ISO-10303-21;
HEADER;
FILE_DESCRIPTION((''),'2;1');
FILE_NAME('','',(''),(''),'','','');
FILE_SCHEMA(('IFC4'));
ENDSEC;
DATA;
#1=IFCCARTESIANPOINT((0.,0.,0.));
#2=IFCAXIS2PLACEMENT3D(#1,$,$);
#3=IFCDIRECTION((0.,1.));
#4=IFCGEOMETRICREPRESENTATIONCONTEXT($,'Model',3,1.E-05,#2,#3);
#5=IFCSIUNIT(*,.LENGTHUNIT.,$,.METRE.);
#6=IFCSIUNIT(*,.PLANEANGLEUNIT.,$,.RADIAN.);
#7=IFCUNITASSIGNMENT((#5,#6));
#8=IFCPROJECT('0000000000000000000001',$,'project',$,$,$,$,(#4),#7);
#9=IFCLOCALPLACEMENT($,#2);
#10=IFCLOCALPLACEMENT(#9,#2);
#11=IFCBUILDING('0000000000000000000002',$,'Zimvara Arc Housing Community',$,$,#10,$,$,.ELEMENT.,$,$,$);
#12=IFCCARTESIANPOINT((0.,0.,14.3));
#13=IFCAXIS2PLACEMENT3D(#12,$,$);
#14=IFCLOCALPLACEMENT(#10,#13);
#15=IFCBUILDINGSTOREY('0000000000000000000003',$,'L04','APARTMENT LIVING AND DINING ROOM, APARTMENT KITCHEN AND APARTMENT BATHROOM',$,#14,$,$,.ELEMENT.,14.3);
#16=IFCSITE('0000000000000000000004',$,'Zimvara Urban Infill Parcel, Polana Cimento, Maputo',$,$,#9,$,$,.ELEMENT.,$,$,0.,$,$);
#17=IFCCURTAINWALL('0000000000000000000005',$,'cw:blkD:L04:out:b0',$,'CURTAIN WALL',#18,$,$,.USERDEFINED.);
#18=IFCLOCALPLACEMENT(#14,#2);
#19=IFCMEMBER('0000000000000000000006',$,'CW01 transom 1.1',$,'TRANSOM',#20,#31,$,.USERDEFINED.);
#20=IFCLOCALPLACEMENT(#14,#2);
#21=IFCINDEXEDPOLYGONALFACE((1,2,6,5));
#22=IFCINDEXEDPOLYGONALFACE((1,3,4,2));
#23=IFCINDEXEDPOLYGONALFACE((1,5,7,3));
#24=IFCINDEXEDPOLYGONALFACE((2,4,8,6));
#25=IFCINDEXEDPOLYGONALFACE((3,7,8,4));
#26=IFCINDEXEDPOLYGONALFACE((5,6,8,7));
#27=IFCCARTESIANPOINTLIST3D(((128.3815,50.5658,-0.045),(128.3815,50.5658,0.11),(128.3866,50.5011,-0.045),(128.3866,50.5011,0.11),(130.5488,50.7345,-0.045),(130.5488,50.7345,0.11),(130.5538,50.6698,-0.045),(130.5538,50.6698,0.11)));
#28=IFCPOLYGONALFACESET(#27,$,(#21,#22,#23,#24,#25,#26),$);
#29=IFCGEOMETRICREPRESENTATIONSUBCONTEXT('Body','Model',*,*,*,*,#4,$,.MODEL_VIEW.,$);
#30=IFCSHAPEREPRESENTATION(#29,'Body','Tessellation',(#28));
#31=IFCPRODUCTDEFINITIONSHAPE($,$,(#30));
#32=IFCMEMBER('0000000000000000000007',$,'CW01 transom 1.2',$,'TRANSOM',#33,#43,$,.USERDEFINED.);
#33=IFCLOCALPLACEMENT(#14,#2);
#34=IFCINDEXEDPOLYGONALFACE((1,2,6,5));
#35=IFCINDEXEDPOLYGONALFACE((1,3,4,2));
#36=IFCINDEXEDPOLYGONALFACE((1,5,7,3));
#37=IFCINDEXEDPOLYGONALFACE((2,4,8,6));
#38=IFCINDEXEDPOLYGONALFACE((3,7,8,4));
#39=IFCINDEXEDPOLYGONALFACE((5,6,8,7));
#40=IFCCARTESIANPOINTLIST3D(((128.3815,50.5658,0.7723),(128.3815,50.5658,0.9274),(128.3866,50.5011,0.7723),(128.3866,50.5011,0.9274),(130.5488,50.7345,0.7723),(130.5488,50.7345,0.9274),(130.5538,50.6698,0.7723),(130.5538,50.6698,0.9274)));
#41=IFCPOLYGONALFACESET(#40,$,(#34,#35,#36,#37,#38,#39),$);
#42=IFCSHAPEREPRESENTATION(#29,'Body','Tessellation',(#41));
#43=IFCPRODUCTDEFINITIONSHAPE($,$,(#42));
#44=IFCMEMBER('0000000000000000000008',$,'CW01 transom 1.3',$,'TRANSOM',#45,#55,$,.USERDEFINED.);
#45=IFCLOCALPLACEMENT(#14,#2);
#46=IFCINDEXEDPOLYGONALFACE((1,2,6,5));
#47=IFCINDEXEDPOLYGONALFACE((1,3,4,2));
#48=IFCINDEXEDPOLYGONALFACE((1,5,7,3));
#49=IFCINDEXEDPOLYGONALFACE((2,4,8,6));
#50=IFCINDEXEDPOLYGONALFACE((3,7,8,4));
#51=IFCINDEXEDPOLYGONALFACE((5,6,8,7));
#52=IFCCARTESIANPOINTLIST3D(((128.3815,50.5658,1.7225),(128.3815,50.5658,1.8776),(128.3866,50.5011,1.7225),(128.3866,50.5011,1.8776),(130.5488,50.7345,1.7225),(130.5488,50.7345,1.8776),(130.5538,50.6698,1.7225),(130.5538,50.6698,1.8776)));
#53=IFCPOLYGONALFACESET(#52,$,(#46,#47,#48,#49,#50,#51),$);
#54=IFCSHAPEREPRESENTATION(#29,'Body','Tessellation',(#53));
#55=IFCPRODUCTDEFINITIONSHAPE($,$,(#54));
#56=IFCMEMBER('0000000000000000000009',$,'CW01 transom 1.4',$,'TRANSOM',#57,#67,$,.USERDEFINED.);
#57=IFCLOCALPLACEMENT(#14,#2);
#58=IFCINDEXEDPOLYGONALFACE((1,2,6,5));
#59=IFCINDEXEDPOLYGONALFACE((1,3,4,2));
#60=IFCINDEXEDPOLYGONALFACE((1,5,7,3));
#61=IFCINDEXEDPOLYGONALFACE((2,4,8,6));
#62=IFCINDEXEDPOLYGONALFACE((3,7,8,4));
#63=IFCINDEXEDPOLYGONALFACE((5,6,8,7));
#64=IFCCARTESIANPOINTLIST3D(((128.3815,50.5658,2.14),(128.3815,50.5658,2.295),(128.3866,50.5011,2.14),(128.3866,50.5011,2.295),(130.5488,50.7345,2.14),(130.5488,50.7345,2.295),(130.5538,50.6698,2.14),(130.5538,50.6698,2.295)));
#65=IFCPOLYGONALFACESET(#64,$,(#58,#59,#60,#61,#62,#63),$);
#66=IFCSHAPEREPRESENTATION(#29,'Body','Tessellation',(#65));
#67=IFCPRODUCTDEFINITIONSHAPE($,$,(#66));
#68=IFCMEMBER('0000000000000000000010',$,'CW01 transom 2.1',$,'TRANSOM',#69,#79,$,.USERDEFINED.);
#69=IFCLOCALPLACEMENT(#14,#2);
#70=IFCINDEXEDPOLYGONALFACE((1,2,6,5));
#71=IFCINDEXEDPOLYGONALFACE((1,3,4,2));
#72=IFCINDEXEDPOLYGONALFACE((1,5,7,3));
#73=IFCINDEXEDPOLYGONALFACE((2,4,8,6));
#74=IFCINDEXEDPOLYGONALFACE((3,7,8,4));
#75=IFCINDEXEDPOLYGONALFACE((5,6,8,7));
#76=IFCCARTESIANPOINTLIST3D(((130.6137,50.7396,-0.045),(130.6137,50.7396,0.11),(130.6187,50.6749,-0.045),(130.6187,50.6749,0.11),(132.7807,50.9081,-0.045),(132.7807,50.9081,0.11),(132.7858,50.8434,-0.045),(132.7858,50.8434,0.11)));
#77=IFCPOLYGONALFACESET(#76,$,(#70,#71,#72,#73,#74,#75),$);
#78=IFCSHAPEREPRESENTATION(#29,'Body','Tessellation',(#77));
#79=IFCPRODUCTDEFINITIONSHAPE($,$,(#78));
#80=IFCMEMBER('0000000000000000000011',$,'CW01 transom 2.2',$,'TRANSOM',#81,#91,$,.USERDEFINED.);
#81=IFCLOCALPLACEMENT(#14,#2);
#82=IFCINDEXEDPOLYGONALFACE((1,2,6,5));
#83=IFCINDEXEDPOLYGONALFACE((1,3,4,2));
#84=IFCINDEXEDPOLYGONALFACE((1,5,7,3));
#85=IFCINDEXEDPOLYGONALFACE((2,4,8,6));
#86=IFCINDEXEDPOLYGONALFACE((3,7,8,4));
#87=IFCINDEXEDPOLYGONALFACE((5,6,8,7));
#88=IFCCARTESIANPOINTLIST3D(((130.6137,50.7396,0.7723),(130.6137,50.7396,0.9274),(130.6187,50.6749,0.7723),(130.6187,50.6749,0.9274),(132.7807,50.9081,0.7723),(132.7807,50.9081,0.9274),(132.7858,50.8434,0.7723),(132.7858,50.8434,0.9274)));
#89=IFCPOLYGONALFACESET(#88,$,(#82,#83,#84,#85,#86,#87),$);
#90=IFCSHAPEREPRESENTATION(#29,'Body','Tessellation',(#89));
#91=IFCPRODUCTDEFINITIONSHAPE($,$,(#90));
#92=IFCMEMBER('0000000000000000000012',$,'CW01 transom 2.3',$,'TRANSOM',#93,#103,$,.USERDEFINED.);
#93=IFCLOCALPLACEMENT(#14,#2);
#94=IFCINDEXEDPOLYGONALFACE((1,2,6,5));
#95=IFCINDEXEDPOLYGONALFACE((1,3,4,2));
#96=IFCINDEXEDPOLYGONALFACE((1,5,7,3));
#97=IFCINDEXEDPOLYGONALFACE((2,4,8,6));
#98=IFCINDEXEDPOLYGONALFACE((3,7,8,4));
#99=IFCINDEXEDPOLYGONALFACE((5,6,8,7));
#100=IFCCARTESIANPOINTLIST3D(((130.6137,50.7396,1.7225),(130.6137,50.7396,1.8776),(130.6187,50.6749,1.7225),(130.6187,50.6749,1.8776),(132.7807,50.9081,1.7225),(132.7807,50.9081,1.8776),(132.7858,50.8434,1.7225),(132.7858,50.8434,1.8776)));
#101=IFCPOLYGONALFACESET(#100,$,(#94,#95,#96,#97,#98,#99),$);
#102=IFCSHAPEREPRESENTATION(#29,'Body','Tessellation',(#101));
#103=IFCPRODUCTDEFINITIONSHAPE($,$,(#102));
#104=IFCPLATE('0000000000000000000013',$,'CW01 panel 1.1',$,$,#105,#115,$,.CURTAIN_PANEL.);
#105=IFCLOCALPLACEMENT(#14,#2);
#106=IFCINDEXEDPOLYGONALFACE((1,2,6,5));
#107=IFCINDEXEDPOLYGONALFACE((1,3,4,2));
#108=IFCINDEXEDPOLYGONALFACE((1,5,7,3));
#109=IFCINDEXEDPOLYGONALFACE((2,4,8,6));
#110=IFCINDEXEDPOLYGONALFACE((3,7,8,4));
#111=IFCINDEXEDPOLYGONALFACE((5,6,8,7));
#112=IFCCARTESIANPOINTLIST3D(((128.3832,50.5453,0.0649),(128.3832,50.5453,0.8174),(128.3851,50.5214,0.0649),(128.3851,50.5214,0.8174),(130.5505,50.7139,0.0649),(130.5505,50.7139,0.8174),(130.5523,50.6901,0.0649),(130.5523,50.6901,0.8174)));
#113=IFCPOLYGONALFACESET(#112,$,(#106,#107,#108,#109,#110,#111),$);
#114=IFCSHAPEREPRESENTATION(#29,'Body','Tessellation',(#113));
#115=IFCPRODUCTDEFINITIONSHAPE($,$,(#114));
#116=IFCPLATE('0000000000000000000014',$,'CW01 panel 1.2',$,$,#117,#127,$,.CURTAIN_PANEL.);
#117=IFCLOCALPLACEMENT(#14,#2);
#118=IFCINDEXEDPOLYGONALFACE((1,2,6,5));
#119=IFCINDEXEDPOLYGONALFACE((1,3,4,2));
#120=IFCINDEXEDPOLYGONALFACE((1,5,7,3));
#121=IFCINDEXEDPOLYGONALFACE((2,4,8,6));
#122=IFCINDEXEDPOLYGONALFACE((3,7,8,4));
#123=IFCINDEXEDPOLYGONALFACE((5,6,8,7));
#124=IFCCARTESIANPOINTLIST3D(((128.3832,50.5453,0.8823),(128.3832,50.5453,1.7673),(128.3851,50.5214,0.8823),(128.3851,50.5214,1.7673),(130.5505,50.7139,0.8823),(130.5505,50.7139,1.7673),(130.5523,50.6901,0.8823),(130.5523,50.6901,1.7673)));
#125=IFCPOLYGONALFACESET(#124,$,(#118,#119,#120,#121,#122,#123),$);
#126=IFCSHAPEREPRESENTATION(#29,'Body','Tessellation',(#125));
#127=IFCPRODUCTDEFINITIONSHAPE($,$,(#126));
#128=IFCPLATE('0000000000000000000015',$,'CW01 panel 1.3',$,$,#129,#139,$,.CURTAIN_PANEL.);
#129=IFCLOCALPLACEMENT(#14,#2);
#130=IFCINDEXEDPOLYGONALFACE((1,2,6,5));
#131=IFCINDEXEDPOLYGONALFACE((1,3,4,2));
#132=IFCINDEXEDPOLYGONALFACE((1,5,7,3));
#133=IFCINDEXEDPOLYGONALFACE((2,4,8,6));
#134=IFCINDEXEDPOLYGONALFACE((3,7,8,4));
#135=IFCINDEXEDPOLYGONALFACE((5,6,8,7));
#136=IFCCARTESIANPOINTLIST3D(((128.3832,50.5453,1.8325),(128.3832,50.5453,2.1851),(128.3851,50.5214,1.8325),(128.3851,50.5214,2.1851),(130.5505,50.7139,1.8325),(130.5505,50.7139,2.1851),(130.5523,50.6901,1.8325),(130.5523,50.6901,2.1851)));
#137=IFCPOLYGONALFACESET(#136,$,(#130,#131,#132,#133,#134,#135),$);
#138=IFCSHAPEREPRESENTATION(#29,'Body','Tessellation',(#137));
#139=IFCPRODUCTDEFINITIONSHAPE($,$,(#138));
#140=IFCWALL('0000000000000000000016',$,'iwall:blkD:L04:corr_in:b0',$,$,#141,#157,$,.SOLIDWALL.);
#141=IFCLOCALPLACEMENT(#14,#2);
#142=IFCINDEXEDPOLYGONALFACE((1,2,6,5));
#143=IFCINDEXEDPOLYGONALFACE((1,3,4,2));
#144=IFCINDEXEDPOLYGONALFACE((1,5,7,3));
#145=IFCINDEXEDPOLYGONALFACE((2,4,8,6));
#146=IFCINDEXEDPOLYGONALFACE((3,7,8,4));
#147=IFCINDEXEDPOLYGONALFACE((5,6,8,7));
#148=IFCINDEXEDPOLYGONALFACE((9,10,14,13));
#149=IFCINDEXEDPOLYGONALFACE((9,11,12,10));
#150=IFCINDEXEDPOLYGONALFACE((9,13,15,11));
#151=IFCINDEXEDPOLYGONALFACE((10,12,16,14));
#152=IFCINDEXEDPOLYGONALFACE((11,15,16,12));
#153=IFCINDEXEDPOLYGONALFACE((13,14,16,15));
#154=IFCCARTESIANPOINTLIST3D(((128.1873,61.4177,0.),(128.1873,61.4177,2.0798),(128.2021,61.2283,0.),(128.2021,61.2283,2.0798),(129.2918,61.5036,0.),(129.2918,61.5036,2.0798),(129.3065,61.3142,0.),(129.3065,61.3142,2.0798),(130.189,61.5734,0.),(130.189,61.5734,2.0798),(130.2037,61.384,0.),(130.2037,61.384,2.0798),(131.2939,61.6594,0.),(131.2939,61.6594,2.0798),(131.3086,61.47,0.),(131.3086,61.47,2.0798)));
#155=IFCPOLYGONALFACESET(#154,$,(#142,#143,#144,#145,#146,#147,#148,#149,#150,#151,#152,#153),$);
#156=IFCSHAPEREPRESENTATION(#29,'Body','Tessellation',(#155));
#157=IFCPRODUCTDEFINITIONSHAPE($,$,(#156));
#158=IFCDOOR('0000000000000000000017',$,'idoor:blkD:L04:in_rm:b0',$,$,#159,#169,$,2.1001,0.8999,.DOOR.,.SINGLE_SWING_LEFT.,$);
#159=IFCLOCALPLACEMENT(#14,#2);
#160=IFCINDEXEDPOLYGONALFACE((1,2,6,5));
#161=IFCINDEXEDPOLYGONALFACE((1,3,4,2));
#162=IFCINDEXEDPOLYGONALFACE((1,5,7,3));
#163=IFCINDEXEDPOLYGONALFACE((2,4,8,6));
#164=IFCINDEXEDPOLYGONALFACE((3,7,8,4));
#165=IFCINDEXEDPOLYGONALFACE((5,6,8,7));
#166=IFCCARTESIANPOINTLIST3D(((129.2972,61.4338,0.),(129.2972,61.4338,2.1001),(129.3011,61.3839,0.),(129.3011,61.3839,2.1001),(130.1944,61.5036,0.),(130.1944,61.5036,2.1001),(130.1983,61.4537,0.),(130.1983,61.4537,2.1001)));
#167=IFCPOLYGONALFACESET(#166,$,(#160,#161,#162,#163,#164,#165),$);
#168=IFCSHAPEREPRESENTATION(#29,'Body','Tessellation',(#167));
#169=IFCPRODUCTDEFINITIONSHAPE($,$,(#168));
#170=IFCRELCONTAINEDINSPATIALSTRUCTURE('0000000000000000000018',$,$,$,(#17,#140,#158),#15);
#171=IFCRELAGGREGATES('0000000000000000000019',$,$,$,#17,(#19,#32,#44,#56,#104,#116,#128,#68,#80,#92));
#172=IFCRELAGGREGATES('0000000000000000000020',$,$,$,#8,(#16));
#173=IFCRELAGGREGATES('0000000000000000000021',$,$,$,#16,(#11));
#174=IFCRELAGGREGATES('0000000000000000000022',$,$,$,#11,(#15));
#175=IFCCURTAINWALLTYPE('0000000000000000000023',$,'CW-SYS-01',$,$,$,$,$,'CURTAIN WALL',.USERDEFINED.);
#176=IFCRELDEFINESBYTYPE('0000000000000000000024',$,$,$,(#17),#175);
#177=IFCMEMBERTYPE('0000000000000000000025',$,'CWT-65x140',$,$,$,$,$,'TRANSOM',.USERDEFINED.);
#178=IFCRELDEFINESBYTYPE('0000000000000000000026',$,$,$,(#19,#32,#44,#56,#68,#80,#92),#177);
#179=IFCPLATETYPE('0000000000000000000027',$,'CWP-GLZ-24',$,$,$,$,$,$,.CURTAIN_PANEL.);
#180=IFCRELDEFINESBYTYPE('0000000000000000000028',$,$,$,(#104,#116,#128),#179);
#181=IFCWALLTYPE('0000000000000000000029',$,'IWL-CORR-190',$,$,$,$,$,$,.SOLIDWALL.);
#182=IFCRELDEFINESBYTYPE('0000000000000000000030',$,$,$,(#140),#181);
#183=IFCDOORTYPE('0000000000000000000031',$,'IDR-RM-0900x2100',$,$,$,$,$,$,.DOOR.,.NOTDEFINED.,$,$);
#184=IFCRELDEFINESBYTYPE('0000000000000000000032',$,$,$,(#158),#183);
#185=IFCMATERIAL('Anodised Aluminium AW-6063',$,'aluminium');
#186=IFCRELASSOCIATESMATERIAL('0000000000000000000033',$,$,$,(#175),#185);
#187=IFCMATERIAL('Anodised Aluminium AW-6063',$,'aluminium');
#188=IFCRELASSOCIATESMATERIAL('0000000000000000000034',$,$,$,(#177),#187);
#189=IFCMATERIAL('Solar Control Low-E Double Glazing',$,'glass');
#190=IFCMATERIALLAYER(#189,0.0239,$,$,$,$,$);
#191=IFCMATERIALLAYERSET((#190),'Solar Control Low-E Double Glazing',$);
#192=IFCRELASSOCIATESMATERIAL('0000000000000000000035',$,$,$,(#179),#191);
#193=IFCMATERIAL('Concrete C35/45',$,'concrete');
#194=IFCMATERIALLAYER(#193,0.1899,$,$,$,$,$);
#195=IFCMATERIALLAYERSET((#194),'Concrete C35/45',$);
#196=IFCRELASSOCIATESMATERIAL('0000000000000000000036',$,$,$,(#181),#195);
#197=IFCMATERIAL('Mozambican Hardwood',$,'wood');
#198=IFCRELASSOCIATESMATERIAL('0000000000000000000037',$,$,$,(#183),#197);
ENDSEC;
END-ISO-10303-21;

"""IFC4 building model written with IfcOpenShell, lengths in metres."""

from ifc_helpers import new_model, si_unit, direction, frame, frame_2d, origin, origin_2d, place, context, subcontext, project, spatial, rectangle, extrude, material, layer, layer_set, material_profile, profile_set, type_object, element, fill, aggregate, save


model = new_model("IFC4")

# Units and contexts
model_context = context("Model", 3, precision=1e-05, world=origin(), true_north=direction((0.0, 1.0)))
body_context = subcontext(model_context, "Body", "Model", "MODEL_VIEW")
ifc_project = project(units=[si_unit("LENGTHUNIT", "METRE"), si_unit("PLANEANGLEUNIT", "RADIAN")], contexts=[model_context])

# Site, building, storey
site_placement = place(None, origin())
site = spatial("IfcSite", under=ifc_project, at=site_placement, Name="Zimvara Urban Infill Parcel, Polana Cimento, Maputo", CompositionType="ELEMENT", RefElevation=0.0)
building_placement = place(site_placement, origin())
building = spatial("IfcBuilding", under=site, at=building_placement, Name="Zimvara Arc Housing Community", CompositionType="ELEMENT")
storey_placement = place(building_placement, frame((0.0, 0.0, 14.3)))
storey = spatial("IfcBuildingStorey", under=building, at=storey_placement, Name="L04", Description="APARTMENT LIVING AND DINING ROOM, APARTMENT KITCHEN AND APARTMENT BATHROOM", CompositionType="ELEMENT", Elevation=14.3)

# Curtain wall, members, plates
ifc_material_1 = material(Name="Anodised Aluminium AW-6063", Category="aluminium")
curtain_wall_type = type_object("IfcCurtainWallType", Name="CW-SYS-01", ElementType="CURTAIN WALL", PredefinedType="USERDEFINED", material=ifc_material_1)
curtain_wall_placement = place(storey_placement, origin())
curtain_wall = element("IfcCurtainWall", 1, at=curtain_wall_placement, inside=storey, type_object=curtain_wall_type, Name="cw:blkD:L04:out:b0", ObjectType="CURTAIN WALL", PredefinedType="USERDEFINED")
ifc_material_2 = material(Name="Anodised Aluminium AW-6063", Category="aluminium")
ifc_material_profile_1 = material_profile(ifc_material_2, rectangle(XDim=0.0649, YDim=0.155, at=origin_2d()), Name="ALU 65x155")
ifc_profile_set_1 = profile_set([ifc_material_profile_1], Name="Anodised Aluminium AW-6063")
member_type_1 = type_object("IfcMemberType", Name="CWT-65x140", ElementType="TRANSOM", PredefinedType="USERDEFINED", material=ifc_profile_set_1)
member_1_placement = place(storey_placement, frame((128.384, 50.5334, 0.0325), z_axis=(0.996984, 0.077607, 0.0), x_axis=(-0.077607, 0.996984, 0.0)))
member_1 = element("IfcMember", 2, at=member_1_placement, type_object=member_type_1, Name="CW01 transom 1.1", ObjectType="TRANSOM", PredefinedType="USERDEFINED", context=body_context, shape_type="SweptSolid", body=[
    extrude(rectangle(XDim=0.0649, YDim=0.155, at=origin_2d()), origin(), (0.0, 0.0, 1.0), 2.1738),
])
member_2_placement = place(storey_placement, frame((128.384, 50.5334, 0.8499), z_axis=(0.996984, 0.077607, 0.0), x_axis=(-0.077607, 0.996984, 0.0)))
member_2 = element("IfcMember", 3, at=member_2_placement, type_object=member_type_1, Name="CW01 transom 1.2", ObjectType="TRANSOM", PredefinedType="USERDEFINED", context=body_context, shape_type="SweptSolid", body=[
    extrude(rectangle(XDim=0.0649, YDim=0.155, at=origin_2d()), origin(), (0.0, 0.0, 1.0), 2.1738),
])
member_3_placement = place(storey_placement, frame((128.384, 50.5334, 1.8), z_axis=(0.996984, 0.077607, 0.0), x_axis=(-0.077607, 0.996984, 0.0)))
member_3 = element("IfcMember", 4, at=member_3_placement, type_object=member_type_1, Name="CW01 transom 1.3", ObjectType="TRANSOM", PredefinedType="USERDEFINED", context=body_context, shape_type="SweptSolid", body=[
    extrude(rectangle(XDim=0.0649, YDim=0.155, at=origin_2d()), origin(), (0.0, 0.0, 1.0), 2.1738),
])
member_4_placement = place(storey_placement, frame((128.384, 50.5334, 2.2175), z_axis=(0.996984, 0.077607, 0.0), x_axis=(-0.077607, 0.996984, 0.0)))
member_4 = element("IfcMember", 5, at=member_4_placement, type_object=member_type_1, Name="CW01 transom 1.4", ObjectType="TRANSOM", PredefinedType="USERDEFINED", context=body_context, shape_type="SweptSolid", body=[
    extrude(rectangle(XDim=0.0649, YDim=0.155, at=origin_2d()), origin(), (0.0, 0.0, 1.0), 2.1738),
])
member_5_placement = place(storey_placement, frame((130.6162, 50.7073, 0.0325), z_axis=(0.996992, 0.077504, 0.0), x_axis=(-0.077504, 0.996992, 0.0)))
member_5 = element("IfcMember", 6, at=member_5_placement, type_object=member_type_1, Name="CW01 transom 2.1", ObjectType="TRANSOM", PredefinedType="USERDEFINED", context=body_context, shape_type="SweptSolid", body=[
    extrude(rectangle(XDim=0.0649, YDim=0.155, at=origin_2d()), origin(), (0.0, 0.0, 1.0), 2.1736),
])
member_6_placement = place(storey_placement, frame((130.6162, 50.7073, 0.8499), z_axis=(0.996992, 0.077504, 0.0), x_axis=(-0.077504, 0.996992, 0.0)))
member_6 = element("IfcMember", 7, at=member_6_placement, type_object=member_type_1, Name="CW01 transom 2.2", ObjectType="TRANSOM", PredefinedType="USERDEFINED", context=body_context, shape_type="SweptSolid", body=[
    extrude(rectangle(XDim=0.0649, YDim=0.155, at=origin_2d()), origin(), (0.0, 0.0, 1.0), 2.1736),
])
member_7_placement = place(storey_placement, frame((130.6162, 50.7073, 1.8), z_axis=(0.996992, 0.077504, 0.0), x_axis=(-0.077504, 0.996992, 0.0)))
member_7 = element("IfcMember", 8, at=member_7_placement, type_object=member_type_1, Name="CW01 transom 2.3", ObjectType="TRANSOM", PredefinedType="USERDEFINED", context=body_context, shape_type="SweptSolid", body=[
    extrude(rectangle(XDim=0.0649, YDim=0.155, at=origin_2d()), origin(), (0.0, 0.0, 1.0), 2.1736),
])
ifc_material_3 = material(Name="Solar Control Low-E Double Glazing", Category="glass")
ifc_layer_1 = layer(ifc_material_3, 0.0239)
ifc_layer_set_1 = layer_set([ifc_layer_1], Name="Solar Control Low-E Double Glazing")
plate_type = type_object("IfcPlateType", Name="CWP-GLZ-24", PredefinedType="CURTAIN_PANEL", material=ifc_layer_set_1)
plate_1_placement = place(storey_placement, frame((129.4678, 50.6177, 0.0649), z_axis=(0.0, 0.0, 1.0), x_axis=(0.996985, 0.07759, 0.0)))
plate_1 = element("IfcPlate", 9, at=plate_1_placement, type_object=plate_type, Name="CW01 panel 1.1", PredefinedType="CURTAIN_PANEL", context=body_context, shape_type="SweptSolid", body=[
    extrude(rectangle(XDim=2.1738, YDim=0.0239, at=origin_2d()), origin(), (0.0, 0.0, 1.0), 0.7524),
])
plate_2_placement = place(storey_placement, frame((129.4678, 50.6177, 0.8823), z_axis=(0.0, 0.0, 1.0), x_axis=(0.996985, 0.07759, 0.0)))
plate_2 = element("IfcPlate", 10, at=plate_2_placement, type_object=plate_type, Name="CW01 panel 1.2", PredefinedType="CURTAIN_PANEL", context=body_context, shape_type="SweptSolid", body=[
    extrude(rectangle(XDim=2.1738, YDim=0.0239, at=origin_2d()), origin(), (0.0, 0.0, 1.0), 0.885),
])
plate_3_placement = place(storey_placement, frame((129.4678, 50.6177, 1.8325), z_axis=(0.0, 0.0, 1.0), x_axis=(0.996985, 0.07759, 0.0)))
plate_3 = element("IfcPlate", 11, at=plate_3_placement, type_object=plate_type, Name="CW01 panel 1.3", PredefinedType="CURTAIN_PANEL", context=body_context, shape_type="SweptSolid", body=[
    extrude(rectangle(XDim=2.1738, YDim=0.0239, at=origin_2d()), origin(), (0.0, 0.0, 1.0), 0.3525),
])
aggregate(curtain_wall, [member_1, member_2, member_3, member_4, plate_1, plate_2, plate_3, member_5, member_6, member_7])

# Wall, opening, door
ifc_material_4 = material(Name="Concrete C35/45", Category="concrete")
ifc_layer_2 = layer(ifc_material_4, 0.1899)
ifc_layer_set_2 = layer_set([ifc_layer_2], Name="Concrete C35/45")
wall_type_1 = type_object("IfcWallType", Name="IWL-CORR-190", PredefinedType="SOLIDWALL", material=ifc_layer_set_2)
wall_1_placement = place(storey_placement, frame((128.1946, 61.323, 0.0), z_axis=(0.0, 0.0, 1.0), x_axis=(0.996987, 0.077565, 0.0)))
wall_1 = element("IfcWall", 12, at=wall_1_placement, inside=storey, type_object=wall_type_1, Name="iwall:blkD:L04:corr_in:b0", PredefinedType="SOLIDWALL", context=body_context, shape_type="SweptSolid", body=[
    extrude(rectangle(XDim=3.116, YDim=0.1899, at=frame_2d((1.5581, 0.0))), origin(), (0.0, 0.0, 1.0), 2.0798),
])
opening_1_placement = place(wall_1_placement, frame((1.1079, 0.0, 0.0)))
opening_1 = element("IfcOpeningElement", 13, at=opening_1_placement, cuts=wall_1, PredefinedType="OPENING", context=body_context, shape_type="SweptSolid", body=[
    extrude(rectangle(XDim=0.8999, YDim=2.1001, at=frame_2d((0.45, 1.05))), frame((0.0, 0.105, 0.0), z_axis=(0.0, -1.0, 0.0), x_axis=(1.0, 0.0, 0.0)), (0.0, 0.0, 1.0), 0.21),
])
ifc_material_5 = material(Name="Mozambican Hardwood", Category="wood")
door_type_1 = type_object("IfcDoorType", Name="IDR-RM-0900x2100", OperationType="NOTDEFINED", PredefinedType="DOOR", material=ifc_material_5)
door_1_placement = place(opening_1_placement, origin())
door_1 = element("IfcDoor", 14, at=door_1_placement, inside=storey, type_object=door_type_1, Name="idoor:blkD:L04:in_rm:b0", OperationType="SINGLE_SWING_LEFT", OverallHeight=2.1001, OverallWidth=0.8999, PredefinedType="DOOR", context=body_context, shape_type="SweptSolid", body=[
    extrude(rectangle(XDim=0.8999, YDim=2.1001, at=frame_2d((0.45, 1.05))), frame((0.0, 0.0249, 0.0), z_axis=(0.0, -1.0, 0.0), x_axis=(1.0, 0.0, 0.0)), (0.0, 0.0, 1.0), 0.05),
])
fill(opening_1, door_1)

save(model, "model.ifc")
